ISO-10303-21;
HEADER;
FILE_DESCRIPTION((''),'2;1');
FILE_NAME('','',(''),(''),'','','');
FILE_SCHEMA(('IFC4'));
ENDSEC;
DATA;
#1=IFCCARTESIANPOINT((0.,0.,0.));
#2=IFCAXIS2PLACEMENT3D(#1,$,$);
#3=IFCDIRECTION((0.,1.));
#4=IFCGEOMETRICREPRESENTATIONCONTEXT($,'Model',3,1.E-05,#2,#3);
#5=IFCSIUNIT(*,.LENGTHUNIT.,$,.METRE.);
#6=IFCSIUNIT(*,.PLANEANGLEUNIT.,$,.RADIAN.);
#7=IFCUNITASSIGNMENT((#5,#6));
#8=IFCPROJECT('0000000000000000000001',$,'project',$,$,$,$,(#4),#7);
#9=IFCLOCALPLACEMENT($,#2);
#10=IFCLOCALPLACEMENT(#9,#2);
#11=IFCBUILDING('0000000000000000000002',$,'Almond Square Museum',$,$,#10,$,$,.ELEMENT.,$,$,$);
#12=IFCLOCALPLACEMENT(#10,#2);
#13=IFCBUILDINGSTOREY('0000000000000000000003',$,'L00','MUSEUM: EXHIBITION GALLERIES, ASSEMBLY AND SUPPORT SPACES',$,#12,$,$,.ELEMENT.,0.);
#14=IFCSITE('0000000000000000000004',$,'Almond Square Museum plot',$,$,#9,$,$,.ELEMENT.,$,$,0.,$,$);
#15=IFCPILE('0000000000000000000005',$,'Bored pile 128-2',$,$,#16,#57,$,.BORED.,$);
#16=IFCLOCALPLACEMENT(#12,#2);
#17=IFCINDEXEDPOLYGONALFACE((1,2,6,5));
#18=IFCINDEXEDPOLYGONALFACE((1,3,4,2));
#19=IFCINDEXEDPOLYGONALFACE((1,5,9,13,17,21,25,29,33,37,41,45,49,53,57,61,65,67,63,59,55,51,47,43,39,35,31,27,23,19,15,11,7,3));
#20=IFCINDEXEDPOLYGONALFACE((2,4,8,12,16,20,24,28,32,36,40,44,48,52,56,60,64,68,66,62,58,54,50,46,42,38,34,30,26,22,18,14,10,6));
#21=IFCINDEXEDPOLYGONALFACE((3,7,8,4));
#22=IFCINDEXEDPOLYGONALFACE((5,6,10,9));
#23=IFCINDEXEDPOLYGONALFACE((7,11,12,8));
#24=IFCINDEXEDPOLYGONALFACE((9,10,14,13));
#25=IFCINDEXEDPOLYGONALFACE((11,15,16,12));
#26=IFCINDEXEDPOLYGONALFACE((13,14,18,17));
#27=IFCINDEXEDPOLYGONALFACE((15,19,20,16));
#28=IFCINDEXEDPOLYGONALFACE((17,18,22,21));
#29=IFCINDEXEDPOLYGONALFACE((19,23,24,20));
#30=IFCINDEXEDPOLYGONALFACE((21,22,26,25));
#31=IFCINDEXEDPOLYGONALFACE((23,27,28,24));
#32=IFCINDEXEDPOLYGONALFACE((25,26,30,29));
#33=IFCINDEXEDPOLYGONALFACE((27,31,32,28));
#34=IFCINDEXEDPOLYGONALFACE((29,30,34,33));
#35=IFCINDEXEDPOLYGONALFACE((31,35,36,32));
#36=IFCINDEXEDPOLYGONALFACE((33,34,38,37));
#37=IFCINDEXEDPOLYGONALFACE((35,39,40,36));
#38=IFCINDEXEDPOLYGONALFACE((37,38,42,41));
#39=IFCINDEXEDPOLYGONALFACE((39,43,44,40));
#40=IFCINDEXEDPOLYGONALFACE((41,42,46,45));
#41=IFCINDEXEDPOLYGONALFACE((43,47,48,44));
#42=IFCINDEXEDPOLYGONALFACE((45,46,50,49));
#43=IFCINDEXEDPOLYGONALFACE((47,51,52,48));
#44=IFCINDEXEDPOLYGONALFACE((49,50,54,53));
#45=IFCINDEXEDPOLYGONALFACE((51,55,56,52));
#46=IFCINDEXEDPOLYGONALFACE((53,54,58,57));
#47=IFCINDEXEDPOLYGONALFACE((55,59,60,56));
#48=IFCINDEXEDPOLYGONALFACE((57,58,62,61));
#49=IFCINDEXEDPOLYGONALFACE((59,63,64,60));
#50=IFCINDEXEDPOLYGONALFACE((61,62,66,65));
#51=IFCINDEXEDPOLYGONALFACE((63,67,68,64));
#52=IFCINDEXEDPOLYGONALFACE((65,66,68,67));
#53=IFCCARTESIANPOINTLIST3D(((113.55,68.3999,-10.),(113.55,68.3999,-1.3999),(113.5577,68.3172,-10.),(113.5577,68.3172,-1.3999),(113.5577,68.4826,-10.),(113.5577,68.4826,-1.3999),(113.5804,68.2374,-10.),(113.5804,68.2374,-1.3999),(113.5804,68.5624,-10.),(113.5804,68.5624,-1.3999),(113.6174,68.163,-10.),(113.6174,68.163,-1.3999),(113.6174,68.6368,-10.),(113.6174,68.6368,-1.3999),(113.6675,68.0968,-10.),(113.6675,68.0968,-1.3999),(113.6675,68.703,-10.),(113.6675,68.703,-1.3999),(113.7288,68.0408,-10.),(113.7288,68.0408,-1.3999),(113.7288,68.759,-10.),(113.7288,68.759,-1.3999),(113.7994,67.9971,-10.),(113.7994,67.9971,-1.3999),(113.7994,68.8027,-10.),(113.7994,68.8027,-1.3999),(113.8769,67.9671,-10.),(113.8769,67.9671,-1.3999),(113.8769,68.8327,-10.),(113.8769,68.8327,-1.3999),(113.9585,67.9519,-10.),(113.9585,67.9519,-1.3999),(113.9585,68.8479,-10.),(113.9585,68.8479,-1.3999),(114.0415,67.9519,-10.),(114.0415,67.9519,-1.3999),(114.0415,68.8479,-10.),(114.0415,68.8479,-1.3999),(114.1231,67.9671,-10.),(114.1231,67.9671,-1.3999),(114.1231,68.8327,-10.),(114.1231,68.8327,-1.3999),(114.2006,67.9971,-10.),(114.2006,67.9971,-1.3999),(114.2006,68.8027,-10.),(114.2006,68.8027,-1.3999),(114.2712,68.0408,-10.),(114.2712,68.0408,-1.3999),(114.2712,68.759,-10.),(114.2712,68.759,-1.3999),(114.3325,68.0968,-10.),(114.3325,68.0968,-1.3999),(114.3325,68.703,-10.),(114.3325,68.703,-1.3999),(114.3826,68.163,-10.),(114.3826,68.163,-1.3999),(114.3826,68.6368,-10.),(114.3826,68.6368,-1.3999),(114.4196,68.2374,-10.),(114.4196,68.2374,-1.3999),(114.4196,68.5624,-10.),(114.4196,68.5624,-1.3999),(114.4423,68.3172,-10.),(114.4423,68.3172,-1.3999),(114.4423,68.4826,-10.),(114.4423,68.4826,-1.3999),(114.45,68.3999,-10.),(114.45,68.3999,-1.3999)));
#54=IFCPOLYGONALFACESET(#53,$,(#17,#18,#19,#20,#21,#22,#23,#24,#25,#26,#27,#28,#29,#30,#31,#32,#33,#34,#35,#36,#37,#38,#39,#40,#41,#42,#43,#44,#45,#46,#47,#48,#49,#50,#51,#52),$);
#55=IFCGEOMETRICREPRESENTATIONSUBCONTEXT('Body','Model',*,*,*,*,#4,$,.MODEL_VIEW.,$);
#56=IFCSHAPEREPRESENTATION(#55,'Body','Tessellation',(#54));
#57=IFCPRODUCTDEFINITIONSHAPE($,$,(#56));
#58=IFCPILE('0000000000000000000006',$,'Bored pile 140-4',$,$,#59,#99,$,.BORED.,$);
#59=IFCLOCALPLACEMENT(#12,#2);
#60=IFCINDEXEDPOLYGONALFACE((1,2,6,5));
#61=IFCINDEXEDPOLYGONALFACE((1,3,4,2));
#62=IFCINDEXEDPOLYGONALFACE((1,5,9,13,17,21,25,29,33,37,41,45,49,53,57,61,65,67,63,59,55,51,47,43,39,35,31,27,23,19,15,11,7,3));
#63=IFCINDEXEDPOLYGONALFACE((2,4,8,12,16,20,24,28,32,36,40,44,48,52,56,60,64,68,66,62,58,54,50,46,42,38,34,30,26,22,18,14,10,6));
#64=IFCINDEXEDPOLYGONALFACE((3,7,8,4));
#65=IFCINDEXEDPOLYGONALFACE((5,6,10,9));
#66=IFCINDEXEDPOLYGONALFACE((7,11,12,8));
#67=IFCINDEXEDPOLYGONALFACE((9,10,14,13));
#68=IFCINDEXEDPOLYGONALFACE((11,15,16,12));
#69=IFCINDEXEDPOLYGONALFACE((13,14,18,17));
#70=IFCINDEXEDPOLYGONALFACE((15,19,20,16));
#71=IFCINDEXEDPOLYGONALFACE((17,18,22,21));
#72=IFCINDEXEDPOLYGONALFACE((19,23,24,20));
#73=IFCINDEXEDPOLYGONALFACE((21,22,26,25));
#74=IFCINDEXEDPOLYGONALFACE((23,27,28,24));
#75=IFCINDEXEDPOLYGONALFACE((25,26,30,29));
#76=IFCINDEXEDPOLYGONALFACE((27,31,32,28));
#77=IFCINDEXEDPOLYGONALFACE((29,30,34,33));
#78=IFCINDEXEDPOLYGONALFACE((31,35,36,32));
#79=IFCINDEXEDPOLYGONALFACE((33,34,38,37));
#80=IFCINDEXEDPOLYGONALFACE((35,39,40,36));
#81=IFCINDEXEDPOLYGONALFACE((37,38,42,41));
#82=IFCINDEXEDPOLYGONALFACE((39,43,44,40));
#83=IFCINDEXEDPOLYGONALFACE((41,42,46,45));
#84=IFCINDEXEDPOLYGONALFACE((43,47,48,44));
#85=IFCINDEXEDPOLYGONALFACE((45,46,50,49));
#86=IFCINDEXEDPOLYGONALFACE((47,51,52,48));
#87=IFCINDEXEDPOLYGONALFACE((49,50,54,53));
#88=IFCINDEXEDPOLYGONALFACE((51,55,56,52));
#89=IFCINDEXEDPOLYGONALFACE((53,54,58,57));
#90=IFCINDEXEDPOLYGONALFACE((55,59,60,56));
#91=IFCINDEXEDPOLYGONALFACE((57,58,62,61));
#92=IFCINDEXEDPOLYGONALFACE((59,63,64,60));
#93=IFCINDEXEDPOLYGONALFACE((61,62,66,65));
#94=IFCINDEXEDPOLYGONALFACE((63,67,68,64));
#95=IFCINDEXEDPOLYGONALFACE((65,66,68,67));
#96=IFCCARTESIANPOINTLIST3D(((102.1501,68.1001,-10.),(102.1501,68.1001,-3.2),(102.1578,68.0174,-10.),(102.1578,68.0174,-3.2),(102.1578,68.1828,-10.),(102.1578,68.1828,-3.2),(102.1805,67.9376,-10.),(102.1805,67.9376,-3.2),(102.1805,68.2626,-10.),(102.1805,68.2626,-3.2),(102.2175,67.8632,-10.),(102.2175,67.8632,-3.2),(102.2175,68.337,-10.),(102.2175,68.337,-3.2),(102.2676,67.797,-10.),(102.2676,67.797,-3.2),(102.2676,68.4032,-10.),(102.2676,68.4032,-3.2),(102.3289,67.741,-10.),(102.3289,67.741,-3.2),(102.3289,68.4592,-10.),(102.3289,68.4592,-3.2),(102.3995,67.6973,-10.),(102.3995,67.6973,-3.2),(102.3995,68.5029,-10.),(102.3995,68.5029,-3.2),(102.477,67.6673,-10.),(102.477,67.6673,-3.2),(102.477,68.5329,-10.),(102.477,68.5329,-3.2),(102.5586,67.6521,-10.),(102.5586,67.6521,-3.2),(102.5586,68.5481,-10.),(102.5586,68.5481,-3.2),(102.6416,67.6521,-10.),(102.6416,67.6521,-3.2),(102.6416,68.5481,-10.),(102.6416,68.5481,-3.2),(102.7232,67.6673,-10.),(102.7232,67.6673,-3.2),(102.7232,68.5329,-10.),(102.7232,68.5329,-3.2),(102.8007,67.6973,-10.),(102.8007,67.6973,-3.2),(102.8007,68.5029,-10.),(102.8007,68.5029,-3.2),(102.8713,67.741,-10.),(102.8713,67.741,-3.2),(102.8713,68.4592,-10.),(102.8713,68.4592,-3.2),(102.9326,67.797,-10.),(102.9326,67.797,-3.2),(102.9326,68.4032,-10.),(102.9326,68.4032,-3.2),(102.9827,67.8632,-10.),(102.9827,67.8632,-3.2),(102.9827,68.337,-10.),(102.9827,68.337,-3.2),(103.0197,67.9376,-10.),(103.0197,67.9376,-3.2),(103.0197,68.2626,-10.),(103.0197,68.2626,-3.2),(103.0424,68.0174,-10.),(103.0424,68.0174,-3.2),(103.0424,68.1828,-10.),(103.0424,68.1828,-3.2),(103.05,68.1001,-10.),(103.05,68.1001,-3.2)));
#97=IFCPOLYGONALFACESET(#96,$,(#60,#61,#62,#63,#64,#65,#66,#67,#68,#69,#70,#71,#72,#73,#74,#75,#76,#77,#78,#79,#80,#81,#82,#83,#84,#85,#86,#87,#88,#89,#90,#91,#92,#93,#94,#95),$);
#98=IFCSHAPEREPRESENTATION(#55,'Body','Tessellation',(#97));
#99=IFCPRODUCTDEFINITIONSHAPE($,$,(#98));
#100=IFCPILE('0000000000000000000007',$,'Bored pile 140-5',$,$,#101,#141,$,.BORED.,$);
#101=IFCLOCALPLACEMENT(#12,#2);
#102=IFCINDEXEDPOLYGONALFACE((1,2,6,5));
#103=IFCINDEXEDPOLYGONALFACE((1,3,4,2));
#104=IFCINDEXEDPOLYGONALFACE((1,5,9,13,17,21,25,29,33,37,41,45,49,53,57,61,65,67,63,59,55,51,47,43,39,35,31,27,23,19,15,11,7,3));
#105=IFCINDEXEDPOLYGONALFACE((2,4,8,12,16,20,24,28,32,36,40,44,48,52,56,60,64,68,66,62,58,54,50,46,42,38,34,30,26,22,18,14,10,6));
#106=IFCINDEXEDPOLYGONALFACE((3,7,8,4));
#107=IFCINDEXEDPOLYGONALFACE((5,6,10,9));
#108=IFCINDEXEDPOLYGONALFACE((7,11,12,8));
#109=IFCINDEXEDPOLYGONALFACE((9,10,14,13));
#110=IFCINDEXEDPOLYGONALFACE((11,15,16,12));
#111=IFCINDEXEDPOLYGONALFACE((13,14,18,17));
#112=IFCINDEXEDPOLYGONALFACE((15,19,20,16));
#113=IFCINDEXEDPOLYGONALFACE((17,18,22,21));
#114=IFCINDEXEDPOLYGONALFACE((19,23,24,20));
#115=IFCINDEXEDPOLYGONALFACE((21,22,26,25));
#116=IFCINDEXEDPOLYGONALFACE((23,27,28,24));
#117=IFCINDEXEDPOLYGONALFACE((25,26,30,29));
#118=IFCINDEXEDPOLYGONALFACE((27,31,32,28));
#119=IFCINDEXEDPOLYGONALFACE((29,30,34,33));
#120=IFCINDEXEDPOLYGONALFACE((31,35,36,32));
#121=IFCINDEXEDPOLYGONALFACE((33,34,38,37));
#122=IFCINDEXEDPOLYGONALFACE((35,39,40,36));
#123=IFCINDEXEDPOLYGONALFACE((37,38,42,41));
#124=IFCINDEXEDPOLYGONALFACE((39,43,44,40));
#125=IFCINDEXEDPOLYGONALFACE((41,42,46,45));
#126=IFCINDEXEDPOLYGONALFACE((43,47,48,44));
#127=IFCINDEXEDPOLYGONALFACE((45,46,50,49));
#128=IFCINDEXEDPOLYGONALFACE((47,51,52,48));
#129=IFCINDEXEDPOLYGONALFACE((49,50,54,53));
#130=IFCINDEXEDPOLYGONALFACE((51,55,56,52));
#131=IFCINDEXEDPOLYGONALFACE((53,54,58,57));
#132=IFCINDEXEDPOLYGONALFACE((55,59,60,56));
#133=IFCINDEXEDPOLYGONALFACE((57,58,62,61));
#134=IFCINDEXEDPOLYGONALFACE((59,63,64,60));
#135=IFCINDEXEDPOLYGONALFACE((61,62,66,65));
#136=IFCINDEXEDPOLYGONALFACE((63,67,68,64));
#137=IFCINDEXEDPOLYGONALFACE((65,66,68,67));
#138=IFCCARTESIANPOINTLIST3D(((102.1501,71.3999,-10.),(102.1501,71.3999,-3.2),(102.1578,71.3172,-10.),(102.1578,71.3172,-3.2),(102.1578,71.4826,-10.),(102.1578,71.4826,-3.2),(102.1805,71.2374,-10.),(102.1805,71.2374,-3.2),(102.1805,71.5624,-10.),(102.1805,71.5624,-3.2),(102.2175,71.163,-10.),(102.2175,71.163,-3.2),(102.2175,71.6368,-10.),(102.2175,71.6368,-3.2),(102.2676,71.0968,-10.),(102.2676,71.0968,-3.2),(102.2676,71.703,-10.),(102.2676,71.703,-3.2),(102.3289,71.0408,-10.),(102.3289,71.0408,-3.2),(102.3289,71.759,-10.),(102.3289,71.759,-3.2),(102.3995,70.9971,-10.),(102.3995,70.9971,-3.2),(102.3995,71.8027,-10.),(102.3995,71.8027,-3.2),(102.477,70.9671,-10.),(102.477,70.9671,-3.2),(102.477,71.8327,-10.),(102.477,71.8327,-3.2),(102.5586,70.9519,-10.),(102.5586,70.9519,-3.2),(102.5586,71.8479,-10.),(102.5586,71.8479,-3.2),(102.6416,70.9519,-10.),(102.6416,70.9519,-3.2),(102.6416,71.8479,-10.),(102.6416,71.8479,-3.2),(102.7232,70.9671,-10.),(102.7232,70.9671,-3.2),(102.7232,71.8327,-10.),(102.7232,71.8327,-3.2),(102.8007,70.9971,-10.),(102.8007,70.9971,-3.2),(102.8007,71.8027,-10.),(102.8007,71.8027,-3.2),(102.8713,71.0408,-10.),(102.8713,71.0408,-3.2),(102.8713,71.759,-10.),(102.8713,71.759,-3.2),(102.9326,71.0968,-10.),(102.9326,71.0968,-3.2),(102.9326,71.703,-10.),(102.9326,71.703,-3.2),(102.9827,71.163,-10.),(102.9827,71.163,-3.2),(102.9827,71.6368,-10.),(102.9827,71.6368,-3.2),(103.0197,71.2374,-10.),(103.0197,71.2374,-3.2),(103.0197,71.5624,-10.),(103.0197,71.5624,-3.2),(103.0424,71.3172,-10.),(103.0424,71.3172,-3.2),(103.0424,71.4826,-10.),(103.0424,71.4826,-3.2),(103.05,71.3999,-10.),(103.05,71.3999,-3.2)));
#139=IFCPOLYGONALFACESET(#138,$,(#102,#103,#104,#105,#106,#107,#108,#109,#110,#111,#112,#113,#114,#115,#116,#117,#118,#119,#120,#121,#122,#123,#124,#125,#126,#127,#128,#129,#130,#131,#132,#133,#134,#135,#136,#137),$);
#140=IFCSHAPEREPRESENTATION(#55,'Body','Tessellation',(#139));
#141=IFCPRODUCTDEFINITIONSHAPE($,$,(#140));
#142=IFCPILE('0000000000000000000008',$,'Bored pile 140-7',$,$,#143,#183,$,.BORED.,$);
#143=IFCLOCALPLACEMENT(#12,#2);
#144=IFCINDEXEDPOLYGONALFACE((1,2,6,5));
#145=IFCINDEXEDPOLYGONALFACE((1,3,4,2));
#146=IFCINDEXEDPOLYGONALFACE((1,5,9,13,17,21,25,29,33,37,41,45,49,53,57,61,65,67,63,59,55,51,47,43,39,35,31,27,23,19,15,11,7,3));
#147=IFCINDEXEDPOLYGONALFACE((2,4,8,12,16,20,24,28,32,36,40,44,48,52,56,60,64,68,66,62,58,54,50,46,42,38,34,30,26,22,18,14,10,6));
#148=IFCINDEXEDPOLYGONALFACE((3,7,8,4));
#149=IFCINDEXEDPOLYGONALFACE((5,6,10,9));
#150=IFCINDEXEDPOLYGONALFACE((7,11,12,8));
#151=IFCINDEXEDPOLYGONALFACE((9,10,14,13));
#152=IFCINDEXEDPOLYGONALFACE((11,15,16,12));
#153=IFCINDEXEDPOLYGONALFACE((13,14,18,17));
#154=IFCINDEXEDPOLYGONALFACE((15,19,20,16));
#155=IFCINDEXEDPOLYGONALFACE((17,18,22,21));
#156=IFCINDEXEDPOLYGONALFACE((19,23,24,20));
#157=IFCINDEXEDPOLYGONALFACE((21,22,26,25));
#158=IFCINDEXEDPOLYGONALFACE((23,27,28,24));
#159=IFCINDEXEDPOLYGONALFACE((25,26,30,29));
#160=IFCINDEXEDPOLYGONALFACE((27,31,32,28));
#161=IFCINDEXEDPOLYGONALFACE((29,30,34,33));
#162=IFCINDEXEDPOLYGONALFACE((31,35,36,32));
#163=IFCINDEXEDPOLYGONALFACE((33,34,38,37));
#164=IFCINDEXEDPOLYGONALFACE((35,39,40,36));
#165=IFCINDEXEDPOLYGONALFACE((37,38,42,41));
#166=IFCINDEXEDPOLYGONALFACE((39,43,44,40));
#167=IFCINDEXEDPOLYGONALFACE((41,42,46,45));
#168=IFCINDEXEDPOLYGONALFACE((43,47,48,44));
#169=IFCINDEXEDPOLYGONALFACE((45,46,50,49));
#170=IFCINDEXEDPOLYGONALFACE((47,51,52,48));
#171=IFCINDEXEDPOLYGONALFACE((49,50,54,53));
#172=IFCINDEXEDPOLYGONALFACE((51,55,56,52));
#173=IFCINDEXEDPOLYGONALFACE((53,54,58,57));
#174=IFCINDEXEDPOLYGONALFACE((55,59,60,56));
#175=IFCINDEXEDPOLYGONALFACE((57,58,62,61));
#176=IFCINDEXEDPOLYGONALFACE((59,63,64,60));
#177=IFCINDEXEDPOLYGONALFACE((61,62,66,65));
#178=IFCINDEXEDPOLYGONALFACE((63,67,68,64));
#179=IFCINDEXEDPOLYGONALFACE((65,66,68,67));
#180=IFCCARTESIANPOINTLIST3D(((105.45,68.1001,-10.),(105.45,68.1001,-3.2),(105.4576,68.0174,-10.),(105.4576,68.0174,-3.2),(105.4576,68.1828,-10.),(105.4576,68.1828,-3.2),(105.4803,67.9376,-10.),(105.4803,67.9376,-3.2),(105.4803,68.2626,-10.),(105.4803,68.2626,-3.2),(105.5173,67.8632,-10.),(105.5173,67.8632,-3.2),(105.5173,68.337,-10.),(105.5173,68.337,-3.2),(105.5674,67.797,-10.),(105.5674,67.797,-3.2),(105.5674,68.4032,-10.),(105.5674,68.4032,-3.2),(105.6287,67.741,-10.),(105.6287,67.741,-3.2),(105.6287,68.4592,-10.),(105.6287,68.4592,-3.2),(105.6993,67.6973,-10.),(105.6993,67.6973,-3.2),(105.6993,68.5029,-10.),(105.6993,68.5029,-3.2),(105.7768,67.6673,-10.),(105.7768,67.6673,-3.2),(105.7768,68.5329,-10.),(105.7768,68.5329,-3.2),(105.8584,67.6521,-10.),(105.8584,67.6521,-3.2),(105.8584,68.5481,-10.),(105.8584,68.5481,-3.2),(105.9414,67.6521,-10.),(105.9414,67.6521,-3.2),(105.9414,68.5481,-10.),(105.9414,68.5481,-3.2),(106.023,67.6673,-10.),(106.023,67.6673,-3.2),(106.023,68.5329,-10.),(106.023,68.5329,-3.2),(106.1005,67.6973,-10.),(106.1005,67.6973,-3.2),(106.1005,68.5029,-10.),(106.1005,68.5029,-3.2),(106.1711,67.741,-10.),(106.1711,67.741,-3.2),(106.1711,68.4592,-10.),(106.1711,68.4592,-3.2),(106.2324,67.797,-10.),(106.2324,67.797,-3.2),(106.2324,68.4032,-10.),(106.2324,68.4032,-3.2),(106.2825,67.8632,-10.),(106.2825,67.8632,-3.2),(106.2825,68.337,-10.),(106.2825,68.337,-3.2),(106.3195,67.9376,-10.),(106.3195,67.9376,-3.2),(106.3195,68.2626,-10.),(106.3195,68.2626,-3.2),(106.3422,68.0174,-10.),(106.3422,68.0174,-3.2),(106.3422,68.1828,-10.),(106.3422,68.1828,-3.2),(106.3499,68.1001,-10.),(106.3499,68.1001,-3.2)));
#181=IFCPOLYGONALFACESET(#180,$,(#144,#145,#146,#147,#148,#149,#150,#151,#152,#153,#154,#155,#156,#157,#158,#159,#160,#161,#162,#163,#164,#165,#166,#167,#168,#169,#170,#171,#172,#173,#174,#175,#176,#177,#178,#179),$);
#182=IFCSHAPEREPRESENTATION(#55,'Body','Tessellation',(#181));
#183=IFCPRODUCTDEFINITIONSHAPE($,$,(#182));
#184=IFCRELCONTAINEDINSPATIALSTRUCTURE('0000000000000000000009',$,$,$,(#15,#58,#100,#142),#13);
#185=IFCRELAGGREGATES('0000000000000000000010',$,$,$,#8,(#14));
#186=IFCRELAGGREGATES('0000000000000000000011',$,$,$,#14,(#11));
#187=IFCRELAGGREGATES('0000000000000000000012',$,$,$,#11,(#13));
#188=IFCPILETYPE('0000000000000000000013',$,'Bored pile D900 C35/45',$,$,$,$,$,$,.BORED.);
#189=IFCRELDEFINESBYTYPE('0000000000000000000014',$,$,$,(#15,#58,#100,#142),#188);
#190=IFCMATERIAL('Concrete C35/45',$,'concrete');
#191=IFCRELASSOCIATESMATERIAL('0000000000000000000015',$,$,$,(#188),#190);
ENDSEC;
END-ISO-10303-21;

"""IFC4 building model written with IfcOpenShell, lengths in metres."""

from ifc_helpers import new_model, si_unit, direction, frame, origin, origin_2d, place, context, subcontext, project, spatial, circle, extrude, material, material_profile, profile_set, type_object, element, save


model = new_model("IFC4")

# Units and contexts
model_context = context("Model", 3, precision=1e-05, world=origin(), true_north=direction((0.0, 1.0)))
body_context = subcontext(model_context, "Body", "Model", "MODEL_VIEW")
ifc_project = project(units=[si_unit("LENGTHUNIT", "METRE"), si_unit("PLANEANGLEUNIT", "RADIAN")], contexts=[model_context])

# Site, building, storey
site_placement = place(None, origin())
site = spatial("IfcSite", under=ifc_project, at=site_placement, Name="Almond Square Museum plot", CompositionType="ELEMENT", RefElevation=0.0)
building_placement = place(site_placement, origin())
building = spatial("IfcBuilding", under=site, at=building_placement, Name="Almond Square Museum", CompositionType="ELEMENT")
storey_placement = place(building_placement, origin())
storey = spatial("IfcBuildingStorey", under=building, at=storey_placement, Name="L00", Description="MUSEUM: EXHIBITION GALLERIES, ASSEMBLY AND SUPPORT SPACES", CompositionType="ELEMENT", Elevation=0.0)

# Piles
ifc_material_1 = material(Name="Concrete C35/45", Category="concrete")
ifc_material_profile_1 = material_profile(ifc_material_1, circle(Radius=0.45, at=origin_2d()))
ifc_profile_set_1 = profile_set([ifc_material_profile_1], Name="Concrete C35/45")
pile_type = type_object("IfcPileType", Name="Bored pile D900 C35/45", PredefinedType="BORED", material=ifc_profile_set_1)
pile_placement = place(storey_placement, frame((114.0, 68.3999, -1.3999), z_axis=(0.0, 0.0, -1.0), x_axis=(1.0, 0.0, 0.0)))
element("IfcPile", 1, at=pile_placement, inside=storey, type_object=pile_type, Name="Bored pile 128-2", PredefinedType="BORED", context=body_context, shape_type="SweptSolid", body=[
    extrude(circle(Radius=0.45, at=origin_2d()), origin(), (0.0, 0.0, 1.0), 8.6001),
])
for number, where, z_axis, x_axis, name in (
    (2, (102.6001, 68.1001, -3.2), (0.0, 0.0, -1.0), (1.0, 0.0, 0.0), "Bored pile 140-4"),
    (3, (102.6001, 71.3999, -3.2), (0.0, 0.0, -1.0), (1.0, 0.0, 0.0), "Bored pile 140-5"),
    (4, (105.8999, 68.1001, -3.2), (0.0, 0.0, -1.0), (1.0, 0.0, 0.0), "Bored pile 140-7"),
):
    element("IfcPile", number, at=place(storey_placement, frame(where, z_axis=z_axis, x_axis=x_axis)), inside=storey, type_object=pile_type, Name=name, PredefinedType="BORED", context=body_context, shape_type="SweptSolid", body=[
        extrude(circle(Radius=0.45, at=origin_2d()), origin(), (0.0, 0.0, 1.0), 6.8),
    ])

save(model, "model.ifc")
